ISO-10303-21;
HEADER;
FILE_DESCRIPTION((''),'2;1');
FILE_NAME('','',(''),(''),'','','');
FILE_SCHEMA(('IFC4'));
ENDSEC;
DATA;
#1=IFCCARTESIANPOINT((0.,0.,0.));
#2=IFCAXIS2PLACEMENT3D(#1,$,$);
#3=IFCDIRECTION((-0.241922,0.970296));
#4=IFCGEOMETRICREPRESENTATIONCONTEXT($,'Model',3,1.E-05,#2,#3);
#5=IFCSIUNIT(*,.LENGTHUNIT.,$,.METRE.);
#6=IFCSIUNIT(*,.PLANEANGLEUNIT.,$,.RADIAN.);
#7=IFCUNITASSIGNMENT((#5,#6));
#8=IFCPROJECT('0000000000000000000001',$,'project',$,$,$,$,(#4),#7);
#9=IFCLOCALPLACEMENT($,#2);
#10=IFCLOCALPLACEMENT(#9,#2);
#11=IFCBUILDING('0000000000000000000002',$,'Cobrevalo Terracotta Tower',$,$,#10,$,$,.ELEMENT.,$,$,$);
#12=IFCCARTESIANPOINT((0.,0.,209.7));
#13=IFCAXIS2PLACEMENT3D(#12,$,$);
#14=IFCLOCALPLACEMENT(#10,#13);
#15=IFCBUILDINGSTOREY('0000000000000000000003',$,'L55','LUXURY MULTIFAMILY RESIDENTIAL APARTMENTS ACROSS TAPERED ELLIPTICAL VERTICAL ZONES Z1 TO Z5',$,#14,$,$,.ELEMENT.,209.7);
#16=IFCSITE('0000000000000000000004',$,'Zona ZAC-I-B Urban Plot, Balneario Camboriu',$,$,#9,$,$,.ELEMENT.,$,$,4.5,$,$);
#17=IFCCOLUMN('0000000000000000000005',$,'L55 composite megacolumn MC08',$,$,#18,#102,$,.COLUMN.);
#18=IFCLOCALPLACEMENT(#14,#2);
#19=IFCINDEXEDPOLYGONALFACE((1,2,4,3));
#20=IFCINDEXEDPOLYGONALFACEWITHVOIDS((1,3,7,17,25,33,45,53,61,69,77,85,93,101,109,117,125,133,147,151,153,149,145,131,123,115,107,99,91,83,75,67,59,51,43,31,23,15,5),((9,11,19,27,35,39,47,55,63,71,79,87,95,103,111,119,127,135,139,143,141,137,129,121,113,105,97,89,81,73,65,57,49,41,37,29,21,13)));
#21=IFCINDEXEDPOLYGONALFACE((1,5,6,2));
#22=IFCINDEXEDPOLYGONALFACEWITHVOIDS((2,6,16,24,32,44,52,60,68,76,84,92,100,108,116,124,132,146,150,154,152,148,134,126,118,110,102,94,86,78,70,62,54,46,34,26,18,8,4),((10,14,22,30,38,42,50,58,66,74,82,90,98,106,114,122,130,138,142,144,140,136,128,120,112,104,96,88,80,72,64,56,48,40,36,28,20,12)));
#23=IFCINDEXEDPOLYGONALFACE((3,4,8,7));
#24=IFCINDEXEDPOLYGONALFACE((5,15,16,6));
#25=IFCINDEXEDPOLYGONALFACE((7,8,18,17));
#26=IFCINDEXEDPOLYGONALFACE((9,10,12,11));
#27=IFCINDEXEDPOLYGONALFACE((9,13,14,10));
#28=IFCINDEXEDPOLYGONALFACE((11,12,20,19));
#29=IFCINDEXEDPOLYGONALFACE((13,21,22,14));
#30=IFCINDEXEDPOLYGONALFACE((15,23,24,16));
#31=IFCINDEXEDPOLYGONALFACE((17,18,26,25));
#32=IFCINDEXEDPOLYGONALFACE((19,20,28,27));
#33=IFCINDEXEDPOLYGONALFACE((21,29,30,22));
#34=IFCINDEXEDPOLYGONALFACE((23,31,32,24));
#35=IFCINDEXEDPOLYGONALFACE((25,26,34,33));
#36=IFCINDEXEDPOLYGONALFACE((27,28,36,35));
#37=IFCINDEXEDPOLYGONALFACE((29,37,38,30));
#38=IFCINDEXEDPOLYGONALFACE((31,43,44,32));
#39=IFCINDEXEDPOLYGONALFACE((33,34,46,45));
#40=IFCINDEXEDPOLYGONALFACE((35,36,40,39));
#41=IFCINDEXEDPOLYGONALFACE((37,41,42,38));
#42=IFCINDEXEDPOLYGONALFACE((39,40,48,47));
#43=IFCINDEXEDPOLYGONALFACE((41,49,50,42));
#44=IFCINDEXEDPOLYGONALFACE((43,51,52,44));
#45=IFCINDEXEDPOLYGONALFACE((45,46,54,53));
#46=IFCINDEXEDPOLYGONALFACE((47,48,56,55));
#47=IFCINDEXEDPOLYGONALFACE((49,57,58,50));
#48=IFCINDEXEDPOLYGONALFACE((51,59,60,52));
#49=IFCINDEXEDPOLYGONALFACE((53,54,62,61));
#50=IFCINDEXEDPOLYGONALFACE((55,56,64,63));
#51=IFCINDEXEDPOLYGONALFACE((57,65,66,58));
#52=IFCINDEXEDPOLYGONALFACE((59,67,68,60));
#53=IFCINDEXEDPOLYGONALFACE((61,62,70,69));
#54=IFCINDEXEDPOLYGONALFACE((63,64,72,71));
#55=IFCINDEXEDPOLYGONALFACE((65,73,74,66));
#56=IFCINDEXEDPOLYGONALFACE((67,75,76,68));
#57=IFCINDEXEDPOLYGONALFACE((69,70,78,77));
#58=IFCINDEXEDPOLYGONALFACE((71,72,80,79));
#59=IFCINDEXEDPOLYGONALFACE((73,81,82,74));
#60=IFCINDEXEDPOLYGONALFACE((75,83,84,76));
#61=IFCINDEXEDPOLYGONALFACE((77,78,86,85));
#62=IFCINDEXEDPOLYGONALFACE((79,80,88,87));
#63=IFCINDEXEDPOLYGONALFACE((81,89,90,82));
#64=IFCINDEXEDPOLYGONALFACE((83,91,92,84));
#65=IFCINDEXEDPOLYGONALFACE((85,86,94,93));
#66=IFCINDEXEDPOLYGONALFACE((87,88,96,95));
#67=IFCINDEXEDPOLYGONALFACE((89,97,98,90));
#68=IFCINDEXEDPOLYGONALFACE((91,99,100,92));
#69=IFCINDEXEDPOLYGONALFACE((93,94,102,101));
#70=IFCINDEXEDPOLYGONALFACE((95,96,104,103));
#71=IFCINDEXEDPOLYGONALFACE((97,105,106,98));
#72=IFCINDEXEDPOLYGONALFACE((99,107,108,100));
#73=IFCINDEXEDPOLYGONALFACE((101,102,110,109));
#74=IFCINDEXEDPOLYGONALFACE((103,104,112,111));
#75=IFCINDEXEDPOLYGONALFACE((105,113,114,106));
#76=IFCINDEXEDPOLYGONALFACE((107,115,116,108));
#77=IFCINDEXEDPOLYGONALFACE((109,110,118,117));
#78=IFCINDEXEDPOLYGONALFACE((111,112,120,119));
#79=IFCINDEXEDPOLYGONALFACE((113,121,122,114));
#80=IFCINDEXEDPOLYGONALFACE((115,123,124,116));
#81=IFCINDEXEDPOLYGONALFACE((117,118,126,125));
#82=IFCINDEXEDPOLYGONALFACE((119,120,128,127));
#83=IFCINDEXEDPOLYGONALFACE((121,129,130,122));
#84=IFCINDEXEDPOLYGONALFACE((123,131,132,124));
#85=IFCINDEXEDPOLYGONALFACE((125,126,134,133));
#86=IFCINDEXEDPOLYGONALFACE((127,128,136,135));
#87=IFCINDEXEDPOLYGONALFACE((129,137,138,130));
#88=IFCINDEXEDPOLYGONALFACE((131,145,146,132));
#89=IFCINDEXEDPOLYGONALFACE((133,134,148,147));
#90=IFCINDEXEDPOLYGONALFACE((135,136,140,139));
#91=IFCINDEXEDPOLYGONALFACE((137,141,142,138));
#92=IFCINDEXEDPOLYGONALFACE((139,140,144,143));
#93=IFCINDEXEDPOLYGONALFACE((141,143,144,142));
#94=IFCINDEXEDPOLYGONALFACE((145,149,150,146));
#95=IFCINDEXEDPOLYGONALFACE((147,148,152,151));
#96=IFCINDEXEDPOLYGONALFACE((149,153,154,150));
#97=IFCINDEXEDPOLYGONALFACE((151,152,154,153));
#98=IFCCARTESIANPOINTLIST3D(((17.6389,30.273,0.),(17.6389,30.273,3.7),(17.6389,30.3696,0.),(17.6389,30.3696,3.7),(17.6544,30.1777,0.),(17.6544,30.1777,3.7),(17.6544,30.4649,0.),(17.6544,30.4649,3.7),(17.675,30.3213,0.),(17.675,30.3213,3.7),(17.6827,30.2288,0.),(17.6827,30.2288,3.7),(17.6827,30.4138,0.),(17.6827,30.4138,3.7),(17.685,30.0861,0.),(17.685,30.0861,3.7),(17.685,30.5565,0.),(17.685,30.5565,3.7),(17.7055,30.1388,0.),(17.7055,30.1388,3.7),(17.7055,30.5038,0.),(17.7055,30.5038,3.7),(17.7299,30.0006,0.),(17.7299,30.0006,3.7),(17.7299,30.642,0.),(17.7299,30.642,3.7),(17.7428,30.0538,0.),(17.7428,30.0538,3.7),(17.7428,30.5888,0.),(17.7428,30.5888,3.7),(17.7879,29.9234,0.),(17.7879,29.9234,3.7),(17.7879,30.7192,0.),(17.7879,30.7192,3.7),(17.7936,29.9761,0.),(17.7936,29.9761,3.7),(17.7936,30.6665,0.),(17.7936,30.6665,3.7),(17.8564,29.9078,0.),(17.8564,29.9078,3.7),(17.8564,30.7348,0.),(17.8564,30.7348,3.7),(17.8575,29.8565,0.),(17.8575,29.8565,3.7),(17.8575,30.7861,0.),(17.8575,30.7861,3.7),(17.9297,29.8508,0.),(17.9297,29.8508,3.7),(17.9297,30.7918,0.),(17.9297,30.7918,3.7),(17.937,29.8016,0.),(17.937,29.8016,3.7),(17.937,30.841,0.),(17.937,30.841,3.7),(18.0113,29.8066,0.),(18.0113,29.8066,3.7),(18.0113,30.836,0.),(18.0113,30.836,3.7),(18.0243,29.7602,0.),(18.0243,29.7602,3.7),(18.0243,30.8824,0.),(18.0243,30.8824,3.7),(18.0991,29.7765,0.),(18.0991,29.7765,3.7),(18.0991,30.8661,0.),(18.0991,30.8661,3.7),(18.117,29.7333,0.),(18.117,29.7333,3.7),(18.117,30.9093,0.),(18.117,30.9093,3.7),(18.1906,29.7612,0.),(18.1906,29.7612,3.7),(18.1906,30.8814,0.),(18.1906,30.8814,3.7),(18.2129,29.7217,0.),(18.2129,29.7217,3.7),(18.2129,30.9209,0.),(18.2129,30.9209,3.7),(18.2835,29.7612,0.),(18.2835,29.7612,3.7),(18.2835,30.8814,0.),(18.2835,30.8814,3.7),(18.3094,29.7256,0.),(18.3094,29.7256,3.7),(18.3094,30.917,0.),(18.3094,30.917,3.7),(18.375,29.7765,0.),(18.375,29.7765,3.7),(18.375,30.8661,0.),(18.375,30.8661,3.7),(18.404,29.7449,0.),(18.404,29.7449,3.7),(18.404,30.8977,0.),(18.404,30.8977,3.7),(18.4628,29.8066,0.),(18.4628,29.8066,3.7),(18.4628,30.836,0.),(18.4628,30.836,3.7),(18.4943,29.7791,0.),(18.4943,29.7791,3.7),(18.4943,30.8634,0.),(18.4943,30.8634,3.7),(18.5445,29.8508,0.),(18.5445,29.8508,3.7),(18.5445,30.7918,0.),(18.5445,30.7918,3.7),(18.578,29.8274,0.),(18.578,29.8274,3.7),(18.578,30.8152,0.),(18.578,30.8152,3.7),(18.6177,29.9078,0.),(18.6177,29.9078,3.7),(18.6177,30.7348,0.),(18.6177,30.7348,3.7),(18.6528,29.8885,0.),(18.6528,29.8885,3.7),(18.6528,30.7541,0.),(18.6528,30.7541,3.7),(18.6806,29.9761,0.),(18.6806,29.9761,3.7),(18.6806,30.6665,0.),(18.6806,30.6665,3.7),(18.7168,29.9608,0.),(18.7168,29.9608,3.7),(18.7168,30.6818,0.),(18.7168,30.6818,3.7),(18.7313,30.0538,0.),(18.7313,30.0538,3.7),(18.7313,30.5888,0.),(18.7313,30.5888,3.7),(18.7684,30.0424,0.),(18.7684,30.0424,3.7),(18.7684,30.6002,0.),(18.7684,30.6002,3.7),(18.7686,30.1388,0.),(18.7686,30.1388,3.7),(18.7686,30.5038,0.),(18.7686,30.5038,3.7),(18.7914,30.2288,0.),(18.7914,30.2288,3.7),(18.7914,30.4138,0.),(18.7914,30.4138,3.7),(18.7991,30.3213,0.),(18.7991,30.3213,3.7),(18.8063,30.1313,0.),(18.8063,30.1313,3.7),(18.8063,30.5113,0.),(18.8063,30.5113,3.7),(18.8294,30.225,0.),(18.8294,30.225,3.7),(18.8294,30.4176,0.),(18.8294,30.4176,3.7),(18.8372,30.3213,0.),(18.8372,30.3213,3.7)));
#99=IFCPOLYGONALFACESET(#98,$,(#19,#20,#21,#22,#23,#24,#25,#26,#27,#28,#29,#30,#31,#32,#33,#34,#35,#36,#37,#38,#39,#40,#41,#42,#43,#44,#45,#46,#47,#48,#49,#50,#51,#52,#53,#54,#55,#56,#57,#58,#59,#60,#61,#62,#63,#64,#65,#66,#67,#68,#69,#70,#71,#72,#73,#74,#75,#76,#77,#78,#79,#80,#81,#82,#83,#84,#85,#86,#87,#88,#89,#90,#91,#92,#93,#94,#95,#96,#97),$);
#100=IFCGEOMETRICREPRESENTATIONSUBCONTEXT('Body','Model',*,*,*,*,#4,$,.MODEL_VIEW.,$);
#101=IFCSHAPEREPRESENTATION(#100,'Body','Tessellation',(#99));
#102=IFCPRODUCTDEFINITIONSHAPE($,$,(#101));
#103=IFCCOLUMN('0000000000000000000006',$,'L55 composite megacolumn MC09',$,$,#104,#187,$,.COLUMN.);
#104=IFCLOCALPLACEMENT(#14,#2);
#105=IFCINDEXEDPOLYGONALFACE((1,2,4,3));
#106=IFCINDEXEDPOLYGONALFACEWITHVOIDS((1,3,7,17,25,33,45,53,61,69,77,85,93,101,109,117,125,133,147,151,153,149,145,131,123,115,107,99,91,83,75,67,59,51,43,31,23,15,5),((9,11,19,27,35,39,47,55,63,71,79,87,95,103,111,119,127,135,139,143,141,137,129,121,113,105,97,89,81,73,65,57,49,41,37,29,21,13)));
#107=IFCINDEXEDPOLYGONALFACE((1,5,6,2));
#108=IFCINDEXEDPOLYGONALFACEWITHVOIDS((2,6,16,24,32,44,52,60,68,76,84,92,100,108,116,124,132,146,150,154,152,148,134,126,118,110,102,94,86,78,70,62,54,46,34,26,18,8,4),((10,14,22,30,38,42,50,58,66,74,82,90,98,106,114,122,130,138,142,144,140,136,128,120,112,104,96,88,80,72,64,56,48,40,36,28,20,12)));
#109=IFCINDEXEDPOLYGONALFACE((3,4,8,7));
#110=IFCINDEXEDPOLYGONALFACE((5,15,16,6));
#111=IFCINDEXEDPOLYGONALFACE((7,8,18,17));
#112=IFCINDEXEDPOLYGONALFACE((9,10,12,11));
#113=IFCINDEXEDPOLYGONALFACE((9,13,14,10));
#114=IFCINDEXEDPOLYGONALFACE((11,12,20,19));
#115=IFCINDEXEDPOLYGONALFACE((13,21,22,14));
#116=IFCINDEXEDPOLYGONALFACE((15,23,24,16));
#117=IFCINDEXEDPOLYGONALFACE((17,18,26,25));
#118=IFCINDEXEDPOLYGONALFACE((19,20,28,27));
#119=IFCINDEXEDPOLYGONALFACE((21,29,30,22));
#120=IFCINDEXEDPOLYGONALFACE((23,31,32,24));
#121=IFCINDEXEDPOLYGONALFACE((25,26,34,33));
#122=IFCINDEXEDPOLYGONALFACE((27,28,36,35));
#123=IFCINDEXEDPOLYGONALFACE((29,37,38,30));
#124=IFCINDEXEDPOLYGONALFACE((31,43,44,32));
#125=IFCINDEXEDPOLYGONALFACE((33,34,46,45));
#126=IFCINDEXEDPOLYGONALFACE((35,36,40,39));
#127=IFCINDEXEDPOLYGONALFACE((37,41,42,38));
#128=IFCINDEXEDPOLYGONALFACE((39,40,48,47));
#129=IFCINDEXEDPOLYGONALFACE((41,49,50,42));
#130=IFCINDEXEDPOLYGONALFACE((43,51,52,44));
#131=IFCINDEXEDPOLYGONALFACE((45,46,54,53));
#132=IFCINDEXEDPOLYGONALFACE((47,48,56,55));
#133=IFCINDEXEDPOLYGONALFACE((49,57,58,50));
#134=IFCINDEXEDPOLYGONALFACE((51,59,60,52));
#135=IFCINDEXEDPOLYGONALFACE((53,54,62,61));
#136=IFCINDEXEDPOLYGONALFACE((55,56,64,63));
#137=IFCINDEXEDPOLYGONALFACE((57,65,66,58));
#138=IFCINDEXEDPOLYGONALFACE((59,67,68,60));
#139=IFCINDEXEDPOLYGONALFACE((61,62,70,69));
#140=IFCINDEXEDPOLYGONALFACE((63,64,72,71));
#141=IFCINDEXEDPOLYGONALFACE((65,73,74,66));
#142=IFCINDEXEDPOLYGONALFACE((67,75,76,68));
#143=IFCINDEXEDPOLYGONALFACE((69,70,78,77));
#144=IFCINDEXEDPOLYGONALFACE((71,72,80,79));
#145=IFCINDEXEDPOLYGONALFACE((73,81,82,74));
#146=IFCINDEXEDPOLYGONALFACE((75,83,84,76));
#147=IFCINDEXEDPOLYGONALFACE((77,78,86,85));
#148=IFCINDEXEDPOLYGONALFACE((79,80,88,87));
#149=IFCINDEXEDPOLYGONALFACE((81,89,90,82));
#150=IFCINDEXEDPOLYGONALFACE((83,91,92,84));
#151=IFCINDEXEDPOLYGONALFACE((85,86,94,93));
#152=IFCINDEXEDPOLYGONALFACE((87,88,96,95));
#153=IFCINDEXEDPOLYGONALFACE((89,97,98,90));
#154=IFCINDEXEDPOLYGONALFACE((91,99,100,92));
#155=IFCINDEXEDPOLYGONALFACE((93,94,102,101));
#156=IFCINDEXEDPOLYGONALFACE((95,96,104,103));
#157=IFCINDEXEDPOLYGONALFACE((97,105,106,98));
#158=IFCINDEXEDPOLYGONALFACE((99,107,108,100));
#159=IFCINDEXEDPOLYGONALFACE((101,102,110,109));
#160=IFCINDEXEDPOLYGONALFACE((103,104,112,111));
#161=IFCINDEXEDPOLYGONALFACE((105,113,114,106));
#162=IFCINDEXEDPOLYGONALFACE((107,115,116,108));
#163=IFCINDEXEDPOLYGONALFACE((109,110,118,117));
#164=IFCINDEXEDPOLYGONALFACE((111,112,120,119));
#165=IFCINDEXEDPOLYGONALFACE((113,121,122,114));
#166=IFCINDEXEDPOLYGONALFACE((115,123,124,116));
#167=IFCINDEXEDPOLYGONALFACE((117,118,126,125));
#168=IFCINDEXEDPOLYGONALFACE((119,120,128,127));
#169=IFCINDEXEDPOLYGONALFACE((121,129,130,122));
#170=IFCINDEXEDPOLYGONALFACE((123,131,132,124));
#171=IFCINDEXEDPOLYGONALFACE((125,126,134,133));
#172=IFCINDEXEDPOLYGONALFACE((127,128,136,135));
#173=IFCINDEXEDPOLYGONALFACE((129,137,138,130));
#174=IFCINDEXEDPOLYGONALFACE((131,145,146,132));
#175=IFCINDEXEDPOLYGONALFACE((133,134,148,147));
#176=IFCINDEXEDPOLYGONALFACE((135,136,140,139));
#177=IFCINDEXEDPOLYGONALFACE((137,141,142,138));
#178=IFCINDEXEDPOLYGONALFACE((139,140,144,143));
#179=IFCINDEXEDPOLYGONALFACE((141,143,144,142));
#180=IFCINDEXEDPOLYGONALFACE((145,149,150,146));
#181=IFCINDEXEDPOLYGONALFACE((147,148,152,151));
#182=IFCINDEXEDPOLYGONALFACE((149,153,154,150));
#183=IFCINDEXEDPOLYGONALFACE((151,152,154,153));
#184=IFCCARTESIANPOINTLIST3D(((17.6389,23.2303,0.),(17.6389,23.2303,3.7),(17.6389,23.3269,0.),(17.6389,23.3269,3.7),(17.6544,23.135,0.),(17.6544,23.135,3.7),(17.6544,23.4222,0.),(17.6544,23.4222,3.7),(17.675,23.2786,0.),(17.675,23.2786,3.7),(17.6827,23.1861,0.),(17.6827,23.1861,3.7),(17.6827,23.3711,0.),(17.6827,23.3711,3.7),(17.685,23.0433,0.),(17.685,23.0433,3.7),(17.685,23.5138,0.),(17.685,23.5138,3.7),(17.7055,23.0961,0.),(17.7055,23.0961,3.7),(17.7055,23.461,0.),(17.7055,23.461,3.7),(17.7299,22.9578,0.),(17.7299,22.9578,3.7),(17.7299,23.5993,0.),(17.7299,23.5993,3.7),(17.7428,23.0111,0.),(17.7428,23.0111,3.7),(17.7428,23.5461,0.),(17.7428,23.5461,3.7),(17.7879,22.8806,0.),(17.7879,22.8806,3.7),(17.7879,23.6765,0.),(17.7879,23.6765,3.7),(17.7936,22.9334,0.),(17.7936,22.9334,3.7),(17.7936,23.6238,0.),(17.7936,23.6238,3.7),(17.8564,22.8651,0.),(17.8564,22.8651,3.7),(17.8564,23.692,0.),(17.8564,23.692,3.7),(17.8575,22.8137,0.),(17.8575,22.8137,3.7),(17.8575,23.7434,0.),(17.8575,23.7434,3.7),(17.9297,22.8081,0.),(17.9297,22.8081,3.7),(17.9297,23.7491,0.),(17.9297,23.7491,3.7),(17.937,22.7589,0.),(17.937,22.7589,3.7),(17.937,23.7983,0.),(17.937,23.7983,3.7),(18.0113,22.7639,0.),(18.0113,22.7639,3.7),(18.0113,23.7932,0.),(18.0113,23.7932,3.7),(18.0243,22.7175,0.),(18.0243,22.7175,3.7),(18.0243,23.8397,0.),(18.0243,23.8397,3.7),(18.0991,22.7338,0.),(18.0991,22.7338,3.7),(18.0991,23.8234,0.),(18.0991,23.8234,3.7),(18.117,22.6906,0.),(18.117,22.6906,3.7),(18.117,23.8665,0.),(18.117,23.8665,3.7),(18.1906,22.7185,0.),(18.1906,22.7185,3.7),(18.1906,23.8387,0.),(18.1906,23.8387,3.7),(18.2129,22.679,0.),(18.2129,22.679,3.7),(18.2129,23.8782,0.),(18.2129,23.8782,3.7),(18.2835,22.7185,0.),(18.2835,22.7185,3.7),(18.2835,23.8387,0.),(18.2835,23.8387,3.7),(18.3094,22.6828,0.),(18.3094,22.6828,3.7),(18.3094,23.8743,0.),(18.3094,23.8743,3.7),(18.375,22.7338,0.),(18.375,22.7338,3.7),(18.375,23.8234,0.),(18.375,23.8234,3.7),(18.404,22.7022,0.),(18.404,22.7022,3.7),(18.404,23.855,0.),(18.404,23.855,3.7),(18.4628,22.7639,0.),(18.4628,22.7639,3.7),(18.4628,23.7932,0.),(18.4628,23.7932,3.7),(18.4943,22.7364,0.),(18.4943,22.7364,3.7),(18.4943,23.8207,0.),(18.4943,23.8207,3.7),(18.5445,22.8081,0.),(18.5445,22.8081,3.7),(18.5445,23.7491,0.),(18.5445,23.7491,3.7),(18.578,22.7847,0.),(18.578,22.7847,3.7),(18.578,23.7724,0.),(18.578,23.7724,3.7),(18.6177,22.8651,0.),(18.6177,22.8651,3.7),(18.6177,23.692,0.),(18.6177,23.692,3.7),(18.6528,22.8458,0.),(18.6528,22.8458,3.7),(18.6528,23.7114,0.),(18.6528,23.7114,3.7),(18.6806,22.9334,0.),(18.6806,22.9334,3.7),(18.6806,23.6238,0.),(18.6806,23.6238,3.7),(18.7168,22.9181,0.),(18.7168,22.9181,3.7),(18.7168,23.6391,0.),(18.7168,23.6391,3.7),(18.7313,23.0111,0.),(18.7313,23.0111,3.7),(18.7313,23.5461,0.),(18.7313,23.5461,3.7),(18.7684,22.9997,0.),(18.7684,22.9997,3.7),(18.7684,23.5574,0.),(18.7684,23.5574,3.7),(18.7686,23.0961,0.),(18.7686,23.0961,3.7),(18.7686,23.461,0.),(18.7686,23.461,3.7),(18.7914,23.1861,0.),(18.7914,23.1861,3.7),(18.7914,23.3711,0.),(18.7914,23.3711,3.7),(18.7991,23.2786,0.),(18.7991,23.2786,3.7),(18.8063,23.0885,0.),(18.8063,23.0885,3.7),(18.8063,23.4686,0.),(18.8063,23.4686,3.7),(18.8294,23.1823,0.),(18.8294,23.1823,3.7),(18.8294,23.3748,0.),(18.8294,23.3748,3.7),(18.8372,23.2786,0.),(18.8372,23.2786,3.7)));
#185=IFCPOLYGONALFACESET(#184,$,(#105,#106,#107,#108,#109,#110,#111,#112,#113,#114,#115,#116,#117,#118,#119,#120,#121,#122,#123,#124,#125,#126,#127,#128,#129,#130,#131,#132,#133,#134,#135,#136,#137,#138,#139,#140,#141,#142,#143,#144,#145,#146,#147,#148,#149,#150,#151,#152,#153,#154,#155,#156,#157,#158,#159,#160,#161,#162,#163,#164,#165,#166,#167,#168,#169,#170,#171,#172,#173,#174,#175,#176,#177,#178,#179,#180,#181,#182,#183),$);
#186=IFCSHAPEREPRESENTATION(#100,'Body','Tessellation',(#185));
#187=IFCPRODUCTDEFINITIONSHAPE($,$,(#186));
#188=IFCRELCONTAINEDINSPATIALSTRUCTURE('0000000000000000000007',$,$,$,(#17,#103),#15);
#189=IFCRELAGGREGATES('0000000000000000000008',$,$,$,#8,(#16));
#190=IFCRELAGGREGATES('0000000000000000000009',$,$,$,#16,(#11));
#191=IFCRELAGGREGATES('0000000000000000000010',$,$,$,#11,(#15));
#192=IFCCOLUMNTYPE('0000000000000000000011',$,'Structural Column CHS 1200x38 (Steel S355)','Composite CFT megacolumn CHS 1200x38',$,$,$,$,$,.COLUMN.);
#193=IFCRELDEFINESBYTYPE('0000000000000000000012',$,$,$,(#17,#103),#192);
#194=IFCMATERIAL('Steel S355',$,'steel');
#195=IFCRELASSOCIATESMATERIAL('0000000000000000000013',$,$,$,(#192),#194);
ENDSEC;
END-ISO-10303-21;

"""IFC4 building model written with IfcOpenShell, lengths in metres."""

from ifc_helpers import new_model, si_unit, direction, frame, origin, origin_2d, place, context, subcontext, project, spatial, hollow_circle, extrude, material, material_profile, profile_set, type_object, element, save


model = new_model("IFC4")

# Units and contexts
model_context = context("Model", 3, precision=1e-05, world=origin(), true_north=direction((-0.241922, 0.970296)))
body_context = subcontext(model_context, "Body", "Model", "MODEL_VIEW")
ifc_project = project(units=[si_unit("LENGTHUNIT", "METRE"), si_unit("PLANEANGLEUNIT", "RADIAN")], contexts=[model_context])

# Site, building, storey
site_placement = place(None, origin())
site = spatial("IfcSite", under=ifc_project, at=site_placement, Name="Zona ZAC-I-B Urban Plot, Balneario Camboriu", CompositionType="ELEMENT", RefElevation=4.5)
building_placement = place(site_placement, origin())
building = spatial("IfcBuilding", under=site, at=building_placement, Name="Cobrevalo Terracotta Tower", CompositionType="ELEMENT")
storey_placement = place(building_placement, frame((0.0, 0.0, 209.7)))
storey = spatial("IfcBuildingStorey", under=building, at=storey_placement, Name="L55", Description="LUXURY MULTIFAMILY RESIDENTIAL APARTMENTS ACROSS TAPERED ELLIPTICAL VERTICAL ZONES Z1 TO Z5", CompositionType="ELEMENT", Elevation=209.7)

# Columns
ifc_material_1 = material(Name="Steel S355", Category="steel")
ifc_material_profile_1 = material_profile(ifc_material_1, hollow_circle(Radius=0.6001, WallThickness=0.0381, at=origin_2d()), Name="CHS 1200x38")
ifc_profile_set_1 = profile_set([ifc_material_profile_1], Name="Steel S355")
column_type = type_object("IfcColumnType", Name="Structural Column CHS 1200x38 (Steel S355)", Description="Composite CFT megacolumn CHS 1200x38", PredefinedType="COLUMN", material=ifc_profile_set_1)
for number, where, z_axis, x_axis, name in (
    (1, (18.2371, 30.3213, 0.0), (0.0, 0.0, 1.0), (1.0, 0.0, 0.0), "L55 composite megacolumn MC08"),
    (2, (18.2371, 23.2786, 0.0), (0.0, 0.0, 1.0), (1.0, 0.0, 0.0), "L55 composite megacolumn MC09"),
):
    element("IfcColumn", number, at=place(storey_placement, frame(where, z_axis=z_axis, x_axis=x_axis)), inside=storey, type_object=column_type, Name=name, PredefinedType="COLUMN", context=body_context, shape_type="SweptSolid", body=[
        extrude(hollow_circle(Radius=0.6001, WallThickness=0.0381, at=origin_2d()), origin(), (0.0, 0.0, 1.0), 3.7),
    ])

save(model, "model.ifc")
